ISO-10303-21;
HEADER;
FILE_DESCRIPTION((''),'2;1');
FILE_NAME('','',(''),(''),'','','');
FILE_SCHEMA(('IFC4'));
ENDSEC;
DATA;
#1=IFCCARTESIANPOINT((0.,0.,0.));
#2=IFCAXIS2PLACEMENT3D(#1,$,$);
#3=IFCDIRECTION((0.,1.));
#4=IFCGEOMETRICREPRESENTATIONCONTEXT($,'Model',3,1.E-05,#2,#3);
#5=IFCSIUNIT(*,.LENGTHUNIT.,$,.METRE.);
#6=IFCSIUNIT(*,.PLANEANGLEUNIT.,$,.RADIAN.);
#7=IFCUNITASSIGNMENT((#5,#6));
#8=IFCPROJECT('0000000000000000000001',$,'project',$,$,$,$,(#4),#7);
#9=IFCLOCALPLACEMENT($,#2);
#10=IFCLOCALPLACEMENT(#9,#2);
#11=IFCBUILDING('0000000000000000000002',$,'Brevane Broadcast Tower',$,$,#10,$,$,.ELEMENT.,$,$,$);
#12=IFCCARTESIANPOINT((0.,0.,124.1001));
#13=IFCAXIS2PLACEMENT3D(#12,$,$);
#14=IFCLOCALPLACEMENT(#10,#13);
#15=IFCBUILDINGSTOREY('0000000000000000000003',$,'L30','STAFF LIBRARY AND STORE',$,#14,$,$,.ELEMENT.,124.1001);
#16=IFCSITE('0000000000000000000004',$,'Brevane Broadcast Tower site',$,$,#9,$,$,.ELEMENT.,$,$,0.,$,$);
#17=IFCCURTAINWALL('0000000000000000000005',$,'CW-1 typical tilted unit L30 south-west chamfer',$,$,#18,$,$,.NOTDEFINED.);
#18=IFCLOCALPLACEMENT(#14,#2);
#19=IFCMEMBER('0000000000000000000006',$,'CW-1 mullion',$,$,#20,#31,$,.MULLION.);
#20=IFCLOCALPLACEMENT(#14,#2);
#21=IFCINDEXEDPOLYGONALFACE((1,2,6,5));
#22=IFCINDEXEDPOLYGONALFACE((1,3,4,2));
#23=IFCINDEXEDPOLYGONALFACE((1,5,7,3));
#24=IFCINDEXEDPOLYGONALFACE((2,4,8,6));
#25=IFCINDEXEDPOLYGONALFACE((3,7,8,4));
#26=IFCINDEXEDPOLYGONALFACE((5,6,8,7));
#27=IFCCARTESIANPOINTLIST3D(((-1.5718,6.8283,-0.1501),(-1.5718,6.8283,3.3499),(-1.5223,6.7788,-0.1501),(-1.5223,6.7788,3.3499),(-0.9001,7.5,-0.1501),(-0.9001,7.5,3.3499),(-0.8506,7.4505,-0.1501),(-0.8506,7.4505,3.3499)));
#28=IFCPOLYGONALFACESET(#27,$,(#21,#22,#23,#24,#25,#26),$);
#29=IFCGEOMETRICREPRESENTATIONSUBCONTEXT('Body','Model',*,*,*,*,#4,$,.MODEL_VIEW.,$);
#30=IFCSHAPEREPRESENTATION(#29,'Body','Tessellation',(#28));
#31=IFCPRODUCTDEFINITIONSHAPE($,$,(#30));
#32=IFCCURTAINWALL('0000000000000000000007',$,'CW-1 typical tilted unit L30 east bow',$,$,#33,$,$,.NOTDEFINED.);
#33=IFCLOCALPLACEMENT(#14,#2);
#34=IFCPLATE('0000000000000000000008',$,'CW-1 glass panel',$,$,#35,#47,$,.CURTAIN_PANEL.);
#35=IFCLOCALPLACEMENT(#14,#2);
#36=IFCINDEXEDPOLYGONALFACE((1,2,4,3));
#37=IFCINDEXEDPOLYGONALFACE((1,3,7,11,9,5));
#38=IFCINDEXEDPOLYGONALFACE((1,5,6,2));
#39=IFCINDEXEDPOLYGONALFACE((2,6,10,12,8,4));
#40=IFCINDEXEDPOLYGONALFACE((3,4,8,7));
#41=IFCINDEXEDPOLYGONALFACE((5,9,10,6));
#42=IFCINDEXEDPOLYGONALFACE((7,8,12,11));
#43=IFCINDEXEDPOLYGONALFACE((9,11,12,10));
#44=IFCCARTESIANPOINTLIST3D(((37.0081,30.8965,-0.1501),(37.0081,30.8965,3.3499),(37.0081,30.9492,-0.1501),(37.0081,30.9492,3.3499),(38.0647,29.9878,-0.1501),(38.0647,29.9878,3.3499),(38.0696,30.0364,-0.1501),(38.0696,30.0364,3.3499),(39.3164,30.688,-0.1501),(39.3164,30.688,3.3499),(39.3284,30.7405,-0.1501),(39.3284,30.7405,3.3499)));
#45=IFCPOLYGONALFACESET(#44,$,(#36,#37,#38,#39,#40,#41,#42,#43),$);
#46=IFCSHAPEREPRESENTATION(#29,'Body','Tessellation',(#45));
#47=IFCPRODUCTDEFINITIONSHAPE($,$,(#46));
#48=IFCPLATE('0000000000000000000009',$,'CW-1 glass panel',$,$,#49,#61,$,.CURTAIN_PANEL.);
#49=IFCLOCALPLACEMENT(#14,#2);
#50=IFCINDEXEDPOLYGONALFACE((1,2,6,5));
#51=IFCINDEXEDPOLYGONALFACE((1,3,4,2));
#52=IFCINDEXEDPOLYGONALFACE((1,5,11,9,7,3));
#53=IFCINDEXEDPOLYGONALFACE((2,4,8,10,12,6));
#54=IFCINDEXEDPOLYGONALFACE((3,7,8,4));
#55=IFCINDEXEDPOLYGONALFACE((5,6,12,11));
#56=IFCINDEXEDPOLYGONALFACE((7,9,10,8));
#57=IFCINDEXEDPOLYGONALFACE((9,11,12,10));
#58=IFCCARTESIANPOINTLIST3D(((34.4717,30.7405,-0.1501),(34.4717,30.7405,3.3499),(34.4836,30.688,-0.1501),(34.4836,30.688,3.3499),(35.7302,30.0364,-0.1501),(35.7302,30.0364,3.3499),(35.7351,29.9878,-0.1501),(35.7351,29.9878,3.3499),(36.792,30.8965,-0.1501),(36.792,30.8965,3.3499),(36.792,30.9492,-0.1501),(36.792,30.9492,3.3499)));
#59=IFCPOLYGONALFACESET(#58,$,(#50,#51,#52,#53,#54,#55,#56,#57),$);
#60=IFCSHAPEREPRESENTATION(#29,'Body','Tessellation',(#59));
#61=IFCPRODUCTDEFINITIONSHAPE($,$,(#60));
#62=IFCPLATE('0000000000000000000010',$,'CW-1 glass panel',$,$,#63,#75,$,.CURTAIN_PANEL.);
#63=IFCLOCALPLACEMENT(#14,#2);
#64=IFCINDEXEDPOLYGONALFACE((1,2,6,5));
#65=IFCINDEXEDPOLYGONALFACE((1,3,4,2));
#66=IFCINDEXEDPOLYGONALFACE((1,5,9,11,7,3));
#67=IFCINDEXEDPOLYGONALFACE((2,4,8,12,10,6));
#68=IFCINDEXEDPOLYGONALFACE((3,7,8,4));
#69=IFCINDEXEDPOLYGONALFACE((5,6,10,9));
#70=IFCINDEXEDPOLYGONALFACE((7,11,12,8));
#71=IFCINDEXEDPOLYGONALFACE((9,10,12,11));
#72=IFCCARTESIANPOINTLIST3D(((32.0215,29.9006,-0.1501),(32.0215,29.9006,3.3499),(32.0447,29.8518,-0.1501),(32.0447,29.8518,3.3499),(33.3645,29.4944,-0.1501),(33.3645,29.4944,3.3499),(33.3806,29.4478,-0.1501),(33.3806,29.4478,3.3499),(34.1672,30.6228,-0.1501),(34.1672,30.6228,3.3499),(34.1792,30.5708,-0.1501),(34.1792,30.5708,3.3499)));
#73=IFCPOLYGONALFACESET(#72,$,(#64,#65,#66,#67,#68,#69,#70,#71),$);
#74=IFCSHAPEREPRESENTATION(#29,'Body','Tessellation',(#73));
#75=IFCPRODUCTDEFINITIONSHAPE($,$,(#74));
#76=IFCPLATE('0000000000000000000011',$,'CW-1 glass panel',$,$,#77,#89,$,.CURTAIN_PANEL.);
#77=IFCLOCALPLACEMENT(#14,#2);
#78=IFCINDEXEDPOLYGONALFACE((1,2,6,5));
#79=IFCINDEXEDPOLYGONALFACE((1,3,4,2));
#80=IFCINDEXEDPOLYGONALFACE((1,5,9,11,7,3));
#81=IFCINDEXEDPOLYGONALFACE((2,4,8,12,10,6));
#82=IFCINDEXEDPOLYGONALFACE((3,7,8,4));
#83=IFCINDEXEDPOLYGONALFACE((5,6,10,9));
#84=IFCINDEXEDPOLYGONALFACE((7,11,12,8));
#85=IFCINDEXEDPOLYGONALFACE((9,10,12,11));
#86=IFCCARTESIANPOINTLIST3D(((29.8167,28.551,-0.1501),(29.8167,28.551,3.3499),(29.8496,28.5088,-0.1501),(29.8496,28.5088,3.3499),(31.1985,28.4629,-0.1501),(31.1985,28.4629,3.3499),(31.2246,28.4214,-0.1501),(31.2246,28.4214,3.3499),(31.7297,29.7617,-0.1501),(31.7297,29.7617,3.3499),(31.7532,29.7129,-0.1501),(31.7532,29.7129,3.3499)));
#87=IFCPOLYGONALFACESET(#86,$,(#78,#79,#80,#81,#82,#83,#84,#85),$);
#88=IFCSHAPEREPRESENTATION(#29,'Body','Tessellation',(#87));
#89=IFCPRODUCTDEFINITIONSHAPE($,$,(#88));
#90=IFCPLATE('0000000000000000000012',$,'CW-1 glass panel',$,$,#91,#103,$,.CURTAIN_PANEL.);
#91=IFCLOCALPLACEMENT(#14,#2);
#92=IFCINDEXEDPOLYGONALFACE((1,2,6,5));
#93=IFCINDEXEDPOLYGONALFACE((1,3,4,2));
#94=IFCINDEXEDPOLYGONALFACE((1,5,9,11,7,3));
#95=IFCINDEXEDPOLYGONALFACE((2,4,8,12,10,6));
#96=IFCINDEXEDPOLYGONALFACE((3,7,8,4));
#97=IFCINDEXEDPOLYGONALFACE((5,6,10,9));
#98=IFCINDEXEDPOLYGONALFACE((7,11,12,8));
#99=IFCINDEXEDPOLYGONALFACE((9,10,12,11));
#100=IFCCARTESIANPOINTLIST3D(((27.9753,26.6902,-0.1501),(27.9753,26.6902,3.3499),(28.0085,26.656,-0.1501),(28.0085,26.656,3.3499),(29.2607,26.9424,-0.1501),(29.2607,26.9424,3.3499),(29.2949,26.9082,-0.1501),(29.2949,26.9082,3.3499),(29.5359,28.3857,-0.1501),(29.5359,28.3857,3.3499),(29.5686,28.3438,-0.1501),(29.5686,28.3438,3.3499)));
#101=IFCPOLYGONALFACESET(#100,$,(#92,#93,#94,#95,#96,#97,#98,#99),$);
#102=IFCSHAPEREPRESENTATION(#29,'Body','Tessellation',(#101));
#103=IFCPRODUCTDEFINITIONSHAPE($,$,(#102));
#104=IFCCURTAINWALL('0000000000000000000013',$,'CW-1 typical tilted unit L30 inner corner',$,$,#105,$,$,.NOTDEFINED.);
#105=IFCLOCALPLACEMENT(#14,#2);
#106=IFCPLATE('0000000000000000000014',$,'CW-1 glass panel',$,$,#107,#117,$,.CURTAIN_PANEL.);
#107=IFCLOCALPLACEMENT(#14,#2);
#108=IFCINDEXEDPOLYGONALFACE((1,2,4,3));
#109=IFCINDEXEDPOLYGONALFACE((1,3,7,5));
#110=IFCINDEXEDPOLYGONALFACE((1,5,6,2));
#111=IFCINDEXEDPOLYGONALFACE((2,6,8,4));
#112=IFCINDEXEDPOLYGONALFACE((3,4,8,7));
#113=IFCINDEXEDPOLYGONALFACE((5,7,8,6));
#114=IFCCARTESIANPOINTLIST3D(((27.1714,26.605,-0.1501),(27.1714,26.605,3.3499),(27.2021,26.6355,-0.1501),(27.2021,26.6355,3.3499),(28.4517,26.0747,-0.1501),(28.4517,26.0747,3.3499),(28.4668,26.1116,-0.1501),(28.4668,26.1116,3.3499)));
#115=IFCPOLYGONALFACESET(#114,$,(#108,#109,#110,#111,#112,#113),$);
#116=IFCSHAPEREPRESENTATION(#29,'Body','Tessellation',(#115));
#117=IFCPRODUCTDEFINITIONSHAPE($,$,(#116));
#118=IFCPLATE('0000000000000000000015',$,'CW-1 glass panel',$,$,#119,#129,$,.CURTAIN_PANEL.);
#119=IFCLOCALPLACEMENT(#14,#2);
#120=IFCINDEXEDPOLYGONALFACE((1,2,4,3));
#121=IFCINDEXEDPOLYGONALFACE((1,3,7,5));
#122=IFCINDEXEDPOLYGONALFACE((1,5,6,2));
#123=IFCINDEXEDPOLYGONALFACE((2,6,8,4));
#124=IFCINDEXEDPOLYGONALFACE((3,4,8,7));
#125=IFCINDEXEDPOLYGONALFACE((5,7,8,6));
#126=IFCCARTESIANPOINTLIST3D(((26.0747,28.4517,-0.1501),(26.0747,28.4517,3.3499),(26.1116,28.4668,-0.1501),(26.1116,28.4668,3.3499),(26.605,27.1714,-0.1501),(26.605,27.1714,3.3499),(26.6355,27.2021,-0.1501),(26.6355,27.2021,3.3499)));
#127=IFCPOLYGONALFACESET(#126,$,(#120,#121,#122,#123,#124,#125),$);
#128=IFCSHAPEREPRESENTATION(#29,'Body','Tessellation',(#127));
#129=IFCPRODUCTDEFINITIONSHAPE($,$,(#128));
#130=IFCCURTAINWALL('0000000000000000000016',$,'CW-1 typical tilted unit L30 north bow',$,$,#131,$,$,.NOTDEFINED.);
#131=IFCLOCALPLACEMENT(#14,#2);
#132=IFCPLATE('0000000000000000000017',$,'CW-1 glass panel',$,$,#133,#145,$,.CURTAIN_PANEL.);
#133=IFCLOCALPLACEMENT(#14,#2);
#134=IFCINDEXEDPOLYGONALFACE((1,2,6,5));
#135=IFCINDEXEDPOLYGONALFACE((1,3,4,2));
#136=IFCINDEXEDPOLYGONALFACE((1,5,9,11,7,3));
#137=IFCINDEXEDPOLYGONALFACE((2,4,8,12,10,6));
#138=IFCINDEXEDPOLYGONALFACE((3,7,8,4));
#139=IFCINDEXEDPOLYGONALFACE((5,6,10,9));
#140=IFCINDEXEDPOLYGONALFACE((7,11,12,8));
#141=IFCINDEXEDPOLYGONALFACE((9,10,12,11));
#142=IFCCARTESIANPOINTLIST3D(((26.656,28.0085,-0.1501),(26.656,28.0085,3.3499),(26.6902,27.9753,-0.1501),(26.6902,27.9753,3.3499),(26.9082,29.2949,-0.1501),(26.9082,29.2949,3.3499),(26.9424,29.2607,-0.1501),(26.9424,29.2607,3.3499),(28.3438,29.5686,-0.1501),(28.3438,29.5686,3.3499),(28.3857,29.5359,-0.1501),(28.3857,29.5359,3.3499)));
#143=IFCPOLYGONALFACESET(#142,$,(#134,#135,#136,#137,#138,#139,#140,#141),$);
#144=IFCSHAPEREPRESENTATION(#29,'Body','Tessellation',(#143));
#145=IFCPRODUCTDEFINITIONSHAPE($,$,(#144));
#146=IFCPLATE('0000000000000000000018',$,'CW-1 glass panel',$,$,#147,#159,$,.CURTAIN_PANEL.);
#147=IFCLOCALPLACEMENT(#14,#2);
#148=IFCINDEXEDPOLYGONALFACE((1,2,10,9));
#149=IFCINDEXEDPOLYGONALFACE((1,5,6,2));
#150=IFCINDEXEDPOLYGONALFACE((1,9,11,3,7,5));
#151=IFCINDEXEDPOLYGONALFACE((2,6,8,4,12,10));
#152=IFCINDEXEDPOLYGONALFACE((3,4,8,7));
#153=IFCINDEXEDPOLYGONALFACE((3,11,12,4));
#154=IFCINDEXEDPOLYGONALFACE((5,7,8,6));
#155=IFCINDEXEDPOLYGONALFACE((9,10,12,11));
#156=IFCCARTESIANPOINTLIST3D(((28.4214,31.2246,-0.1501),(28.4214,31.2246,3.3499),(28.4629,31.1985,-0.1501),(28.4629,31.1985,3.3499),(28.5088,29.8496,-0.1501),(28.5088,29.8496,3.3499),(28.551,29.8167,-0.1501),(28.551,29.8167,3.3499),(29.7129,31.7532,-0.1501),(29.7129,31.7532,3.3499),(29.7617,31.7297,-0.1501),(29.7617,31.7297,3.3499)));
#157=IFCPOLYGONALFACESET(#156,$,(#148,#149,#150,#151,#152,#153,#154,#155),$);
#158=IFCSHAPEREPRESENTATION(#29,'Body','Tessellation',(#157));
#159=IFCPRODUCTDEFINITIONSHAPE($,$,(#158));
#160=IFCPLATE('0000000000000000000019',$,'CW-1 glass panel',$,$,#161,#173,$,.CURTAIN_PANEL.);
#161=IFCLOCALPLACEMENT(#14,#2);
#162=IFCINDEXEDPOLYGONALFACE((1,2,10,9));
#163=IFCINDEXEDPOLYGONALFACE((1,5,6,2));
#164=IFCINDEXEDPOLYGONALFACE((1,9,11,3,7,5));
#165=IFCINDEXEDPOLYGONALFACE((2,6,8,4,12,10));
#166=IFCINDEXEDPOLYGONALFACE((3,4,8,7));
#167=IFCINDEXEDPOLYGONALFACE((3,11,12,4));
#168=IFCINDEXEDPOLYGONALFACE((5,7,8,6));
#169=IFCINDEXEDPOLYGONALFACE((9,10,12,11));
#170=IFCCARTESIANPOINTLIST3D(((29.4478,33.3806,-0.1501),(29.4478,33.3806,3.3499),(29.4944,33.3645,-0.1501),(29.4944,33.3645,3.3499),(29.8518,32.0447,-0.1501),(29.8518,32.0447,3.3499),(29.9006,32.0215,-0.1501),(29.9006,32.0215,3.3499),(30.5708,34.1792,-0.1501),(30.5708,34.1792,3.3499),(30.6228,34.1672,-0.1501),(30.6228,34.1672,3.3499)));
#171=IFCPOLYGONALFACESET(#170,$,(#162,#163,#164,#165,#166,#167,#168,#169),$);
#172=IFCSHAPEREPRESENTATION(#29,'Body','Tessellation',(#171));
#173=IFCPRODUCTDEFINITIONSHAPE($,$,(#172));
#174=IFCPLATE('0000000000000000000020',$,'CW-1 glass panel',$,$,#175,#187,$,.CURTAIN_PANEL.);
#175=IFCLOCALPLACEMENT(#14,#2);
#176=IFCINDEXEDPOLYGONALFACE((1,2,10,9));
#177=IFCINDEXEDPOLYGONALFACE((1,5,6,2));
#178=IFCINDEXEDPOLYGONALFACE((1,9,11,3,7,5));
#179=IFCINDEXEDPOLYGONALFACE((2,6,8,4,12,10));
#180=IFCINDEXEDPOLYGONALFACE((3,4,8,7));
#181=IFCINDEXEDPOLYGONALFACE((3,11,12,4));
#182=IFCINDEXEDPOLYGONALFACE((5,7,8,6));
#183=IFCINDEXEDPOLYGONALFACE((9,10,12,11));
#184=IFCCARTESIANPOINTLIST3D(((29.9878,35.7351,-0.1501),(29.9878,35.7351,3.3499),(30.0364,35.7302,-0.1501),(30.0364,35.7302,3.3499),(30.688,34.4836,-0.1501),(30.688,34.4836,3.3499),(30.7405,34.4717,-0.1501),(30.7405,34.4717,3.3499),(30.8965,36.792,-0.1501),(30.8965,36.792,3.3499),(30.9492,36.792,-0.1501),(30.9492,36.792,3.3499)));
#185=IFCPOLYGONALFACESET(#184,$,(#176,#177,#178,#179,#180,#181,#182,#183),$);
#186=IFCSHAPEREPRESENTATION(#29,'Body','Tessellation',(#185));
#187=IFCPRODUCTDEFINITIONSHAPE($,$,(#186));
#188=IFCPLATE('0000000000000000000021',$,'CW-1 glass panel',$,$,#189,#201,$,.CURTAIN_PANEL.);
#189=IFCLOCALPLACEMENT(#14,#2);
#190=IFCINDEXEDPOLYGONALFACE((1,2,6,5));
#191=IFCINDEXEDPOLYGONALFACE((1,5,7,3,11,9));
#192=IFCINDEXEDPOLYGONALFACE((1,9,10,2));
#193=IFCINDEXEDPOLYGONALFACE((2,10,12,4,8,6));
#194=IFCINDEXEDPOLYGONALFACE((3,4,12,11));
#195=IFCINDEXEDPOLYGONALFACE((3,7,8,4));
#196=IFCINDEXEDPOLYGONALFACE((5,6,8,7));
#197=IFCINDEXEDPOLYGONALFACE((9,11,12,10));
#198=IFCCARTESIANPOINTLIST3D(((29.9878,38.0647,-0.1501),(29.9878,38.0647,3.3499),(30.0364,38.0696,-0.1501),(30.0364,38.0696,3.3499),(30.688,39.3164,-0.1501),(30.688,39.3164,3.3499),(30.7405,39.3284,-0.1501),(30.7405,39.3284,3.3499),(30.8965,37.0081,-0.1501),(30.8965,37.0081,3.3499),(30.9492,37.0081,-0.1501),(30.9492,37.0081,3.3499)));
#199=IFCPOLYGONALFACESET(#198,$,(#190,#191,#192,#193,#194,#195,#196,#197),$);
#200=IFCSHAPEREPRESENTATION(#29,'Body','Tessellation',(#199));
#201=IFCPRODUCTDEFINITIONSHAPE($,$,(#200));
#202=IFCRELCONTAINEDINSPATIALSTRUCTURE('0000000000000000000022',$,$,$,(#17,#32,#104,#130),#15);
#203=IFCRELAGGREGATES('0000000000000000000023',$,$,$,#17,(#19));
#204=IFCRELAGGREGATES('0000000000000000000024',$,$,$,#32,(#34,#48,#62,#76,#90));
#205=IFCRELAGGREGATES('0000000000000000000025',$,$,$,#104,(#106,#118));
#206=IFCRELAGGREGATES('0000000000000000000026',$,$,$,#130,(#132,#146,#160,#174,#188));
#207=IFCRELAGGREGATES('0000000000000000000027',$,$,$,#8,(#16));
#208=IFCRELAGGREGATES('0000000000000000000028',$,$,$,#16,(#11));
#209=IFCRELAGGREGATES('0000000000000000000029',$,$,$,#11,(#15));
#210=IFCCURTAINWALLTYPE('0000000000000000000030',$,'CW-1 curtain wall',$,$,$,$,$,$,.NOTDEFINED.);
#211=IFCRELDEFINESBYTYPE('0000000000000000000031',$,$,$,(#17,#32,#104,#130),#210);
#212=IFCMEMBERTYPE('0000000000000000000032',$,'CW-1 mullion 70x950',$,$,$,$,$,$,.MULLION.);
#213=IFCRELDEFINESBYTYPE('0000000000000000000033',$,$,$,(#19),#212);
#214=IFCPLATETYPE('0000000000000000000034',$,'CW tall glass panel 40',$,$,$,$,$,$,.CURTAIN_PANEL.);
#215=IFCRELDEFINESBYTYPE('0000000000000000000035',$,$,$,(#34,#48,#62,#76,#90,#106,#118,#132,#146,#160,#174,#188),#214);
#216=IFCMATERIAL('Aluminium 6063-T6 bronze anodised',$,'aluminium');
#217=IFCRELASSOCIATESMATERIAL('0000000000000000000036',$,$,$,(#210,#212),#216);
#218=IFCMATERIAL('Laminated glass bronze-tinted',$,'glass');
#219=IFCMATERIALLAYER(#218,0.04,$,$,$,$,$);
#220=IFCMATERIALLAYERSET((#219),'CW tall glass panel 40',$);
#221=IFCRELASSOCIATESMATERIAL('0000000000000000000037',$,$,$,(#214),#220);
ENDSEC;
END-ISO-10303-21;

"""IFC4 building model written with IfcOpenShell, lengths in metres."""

from ifc_helpers import new_model, si_unit, direction, frame, origin, origin_2d, place, context, subcontext, project, spatial, polyline, rectangle, outline, extrude, material, layer, layer_set, material_profile, profile_set, type_object, element, aggregate, save


model = new_model("IFC4")

# Units and contexts
model_context = context("Model", 3, precision=1e-05, world=origin(), true_north=direction((0.0, 1.0)))
body_context = subcontext(model_context, "Body", "Model", "MODEL_VIEW")
ifc_project = project(units=[si_unit("LENGTHUNIT", "METRE"), si_unit("PLANEANGLEUNIT", "RADIAN")], contexts=[model_context])

# Site, building, storey
site_placement = place(None, origin())
site = spatial("IfcSite", under=ifc_project, at=site_placement, Name="Brevane Broadcast Tower site", CompositionType="ELEMENT", RefElevation=0.0)
building_placement = place(site_placement, origin())
building = spatial("IfcBuilding", under=site, at=building_placement, Name="Brevane Broadcast Tower", CompositionType="ELEMENT")
storey_placement = place(building_placement, frame((0.0, 0.0, 124.1001)))
storey = spatial("IfcBuildingStorey", under=building, at=storey_placement, Name="L30", Description="STAFF LIBRARY AND STORE", CompositionType="ELEMENT", Elevation=124.1001)

# Curtain wall, member
ifc_material_1 = material(Name="Aluminium 6063-T6 bronze anodised", Category="aluminium")
curtain_wall_type = type_object("IfcCurtainWallType", Name="CW-1 curtain wall", PredefinedType="NOTDEFINED", material=ifc_material_1)
curtain_wall_1_placement = place(storey_placement, origin())
curtain_wall_1 = element("IfcCurtainWall", 1, at=curtain_wall_1_placement, inside=storey, type_object=curtain_wall_type, Name="CW-1 typical tilted unit L30 south-west chamfer", PredefinedType="NOTDEFINED")
ifc_material_profile = material_profile(ifc_material_1, rectangle(XDim=0.95, YDim=0.0701, at=origin_2d()), Name="RECT 70x950")
ifc_profile_set = profile_set([ifc_material_profile], Name="Aluminium 6063-T6 bronze anodised")
member_type = type_object("IfcMemberType", Name="CW-1 mullion 70x950", PredefinedType="MULLION", material=ifc_profile_set)
member_placement = place(storey_placement, frame((-1.2112, 7.1394, -0.1501), z_axis=(0.0, 0.0, 1.0), x_axis=(0.707107, 0.707107, 0.0)))
member = element("IfcMember", 2, at=member_placement, type_object=member_type, Name="CW-1 mullion", PredefinedType="MULLION", context=body_context, shape_type="SweptSolid", body=[
    extrude(rectangle(XDim=0.95, YDim=0.0701, at=origin_2d()), origin(), (0.0, 0.0, 1.0), 3.5),
])
aggregate(curtain_wall_1, [member])

# Curtain walls, plates
curtain_wall_2_placement = place(storey_placement, origin())
curtain_wall_2 = element("IfcCurtainWall", 3, at=curtain_wall_2_placement, inside=storey, type_object=curtain_wall_type, Name="CW-1 typical tilted unit L30 east bow", PredefinedType="NOTDEFINED")
ifc_material_2 = material(Name="Laminated glass bronze-tinted", Category="glass")
ifc_layer = layer(ifc_material_2, 0.04)
ifc_layer_set = layer_set([ifc_layer], Name="CW tall glass panel 40")
plate_type = type_object("IfcPlateType", Name="CW tall glass panel 40", PredefinedType="CURTAIN_PANEL", material=ifc_layer_set)
plate_1_placement = place(storey_placement, frame((0.0, 0.0, -0.1501)))
plate_1 = element("IfcPlate", 4, at=plate_1_placement, type_object=plate_type, Name="CW-1 glass panel", PredefinedType="CURTAIN_PANEL", context=body_context, shape_type="SweptSolid", body=[
    extrude(outline(polyline([(39.3164, 30.688), (39.3284, 30.7405), (38.0696, 30.0364), (37.0081, 30.9492), (37.0081, 30.8965), (38.0647, 29.9878), (39.3164, 30.688)])), origin(), (0.0, 0.0, 1.0), 3.5),
])
plate_2_placement = place(storey_placement, frame((0.0, 0.0, -0.1501)))
plate_2 = element("IfcPlate", 5, at=plate_2_placement, type_object=plate_type, Name="CW-1 glass panel", PredefinedType="CURTAIN_PANEL", context=body_context, shape_type="SweptSolid", body=[
    extrude(outline(polyline([(36.792, 30.8965), (36.792, 30.9492), (35.7302, 30.0364), (34.4717, 30.7405), (34.4836, 30.688), (35.7351, 29.9878), (36.792, 30.8965)])), origin(), (0.0, 0.0, 1.0), 3.5),
])
plate_3_placement = place(storey_placement, frame((0.0, 0.0, -0.1501)))
plate_3 = element("IfcPlate", 6, at=plate_3_placement, type_object=plate_type, Name="CW-1 glass panel", PredefinedType="CURTAIN_PANEL", context=body_context, shape_type="SweptSolid", body=[
    extrude(outline(polyline([(34.1792, 30.5708), (34.1672, 30.6228), (33.3645, 29.4944), (32.0215, 29.9006), (32.0447, 29.8518), (33.3806, 29.4478), (34.1792, 30.5708)])), origin(), (0.0, 0.0, 1.0), 3.5),
])
plate_4_placement = place(storey_placement, frame((0.0, 0.0, -0.1501)))
plate_4 = element("IfcPlate", 7, at=plate_4_placement, type_object=plate_type, Name="CW-1 glass panel", PredefinedType="CURTAIN_PANEL", context=body_context, shape_type="SweptSolid", body=[
    extrude(outline(polyline([(31.7532, 29.7129), (31.7297, 29.7617), (31.1985, 28.4629), (29.8167, 28.551), (29.8496, 28.5088), (31.2246, 28.4214), (31.7532, 29.7129)])), origin(), (0.0, 0.0, 1.0), 3.5),
])
plate_5_placement = place(storey_placement, frame((0.0, 0.0, -0.1501)))
plate_5 = element("IfcPlate", 8, at=plate_5_placement, type_object=plate_type, Name="CW-1 glass panel", PredefinedType="CURTAIN_PANEL", context=body_context, shape_type="SweptSolid", body=[
    extrude(outline(polyline([(29.5686, 28.3438), (29.5359, 28.3857), (29.2607, 26.9424), (27.9753, 26.6902), (28.0085, 26.656), (29.2949, 26.9082), (29.5686, 28.3438)])), origin(), (0.0, 0.0, 1.0), 3.5),
])
aggregate(curtain_wall_2, [plate_1, plate_2, plate_3, plate_4, plate_5])
curtain_wall_3_placement = place(storey_placement, origin())
curtain_wall_3 = element("IfcCurtainWall", 9, at=curtain_wall_3_placement, inside=storey, type_object=curtain_wall_type, Name="CW-1 typical tilted unit L30 inner corner", PredefinedType="NOTDEFINED")
plate_6_placement = place(storey_placement, frame((0.0, 0.0, -0.1501)))
plate_6 = element("IfcPlate", 10, at=plate_6_placement, type_object=plate_type, Name="CW-1 glass panel", PredefinedType="CURTAIN_PANEL", context=body_context, shape_type="SweptSolid", body=[
    extrude(outline(polyline([(28.4517, 26.0747), (28.4668, 26.1116), (27.2021, 26.6355), (27.1714, 26.605), (28.4517, 26.0747)])), origin(), (0.0, 0.0, 1.0), 3.5),
])
plate_7_placement = place(storey_placement, frame((0.0, 0.0, -0.1501)))
plate_7 = element("IfcPlate", 11, at=plate_7_placement, type_object=plate_type, Name="CW-1 glass panel", PredefinedType="CURTAIN_PANEL", context=body_context, shape_type="SweptSolid", body=[
    extrude(outline(polyline([(26.605, 27.1714), (26.6355, 27.2021), (26.1116, 28.4668), (26.0747, 28.4517), (26.605, 27.1714)])), origin(), (0.0, 0.0, 1.0), 3.5),
])
aggregate(curtain_wall_3, [plate_6, plate_7])
curtain_wall_4_placement = place(storey_placement, origin())
curtain_wall_4 = element("IfcCurtainWall", 12, at=curtain_wall_4_placement, inside=storey, type_object=curtain_wall_type, Name="CW-1 typical tilted unit L30 north bow", PredefinedType="NOTDEFINED")
plate_8_placement = place(storey_placement, frame((0.0, 0.0, -0.1501)))
plate_8 = element("IfcPlate", 13, at=plate_8_placement, type_object=plate_type, Name="CW-1 glass panel", PredefinedType="CURTAIN_PANEL", context=body_context, shape_type="SweptSolid", body=[
    extrude(outline(polyline([(26.656, 28.0085), (26.6902, 27.9753), (26.9424, 29.2607), (28.3857, 29.5359), (28.3438, 29.5686), (26.9082, 29.2949), (26.656, 28.0085)])), origin(), (0.0, 0.0, 1.0), 3.5),
])
plate_9_placement = place(storey_placement, frame((0.0, 0.0, -0.1501)))
plate_9 = element("IfcPlate", 14, at=plate_9_placement, type_object=plate_type, Name="CW-1 glass panel", PredefinedType="CURTAIN_PANEL", context=body_context, shape_type="SweptSolid", body=[
    extrude(outline(polyline([(28.5088, 29.8496), (28.551, 29.8167), (28.4629, 31.1985), (29.7617, 31.7297), (29.7129, 31.7532), (28.4214, 31.2246), (28.5088, 29.8496)])), origin(), (0.0, 0.0, 1.0), 3.5),
])
plate_10_placement = place(storey_placement, frame((0.0, 0.0, -0.1501)))
plate_10 = element("IfcPlate", 15, at=plate_10_placement, type_object=plate_type, Name="CW-1 glass panel", PredefinedType="CURTAIN_PANEL", context=body_context, shape_type="SweptSolid", body=[
    extrude(outline(polyline([(29.8518, 32.0447), (29.9006, 32.0215), (29.4944, 33.3645), (30.6228, 34.1672), (30.5708, 34.1792), (29.4478, 33.3806), (29.8518, 32.0447)])), origin(), (0.0, 0.0, 1.0), 3.5),
])
plate_11_placement = place(storey_placement, frame((0.0, 0.0, -0.1501)))
plate_11 = element("IfcPlate", 16, at=plate_11_placement, type_object=plate_type, Name="CW-1 glass panel", PredefinedType="CURTAIN_PANEL", context=body_context, shape_type="SweptSolid", body=[
    extrude(outline(polyline([(30.688, 34.4836), (30.7405, 34.4717), (30.0364, 35.7302), (30.9492, 36.792), (30.8965, 36.792), (29.9878, 35.7351), (30.688, 34.4836)])), origin(), (0.0, 0.0, 1.0), 3.5),
])
plate_12_placement = place(storey_placement, frame((0.0, 0.0, -0.1501)))
plate_12 = element("IfcPlate", 17, at=plate_12_placement, type_object=plate_type, Name="CW-1 glass panel", PredefinedType="CURTAIN_PANEL", context=body_context, shape_type="SweptSolid", body=[
    extrude(outline(polyline([(30.8965, 37.0081), (30.9492, 37.0081), (30.0364, 38.0696), (30.7405, 39.3284), (30.688, 39.3164), (29.9878, 38.0647), (30.8965, 37.0081)])), origin(), (0.0, 0.0, 1.0), 3.5),
])
aggregate(curtain_wall_4, [plate_8, plate_9, plate_10, plate_11, plate_12])

save(model, "model.ifc")
